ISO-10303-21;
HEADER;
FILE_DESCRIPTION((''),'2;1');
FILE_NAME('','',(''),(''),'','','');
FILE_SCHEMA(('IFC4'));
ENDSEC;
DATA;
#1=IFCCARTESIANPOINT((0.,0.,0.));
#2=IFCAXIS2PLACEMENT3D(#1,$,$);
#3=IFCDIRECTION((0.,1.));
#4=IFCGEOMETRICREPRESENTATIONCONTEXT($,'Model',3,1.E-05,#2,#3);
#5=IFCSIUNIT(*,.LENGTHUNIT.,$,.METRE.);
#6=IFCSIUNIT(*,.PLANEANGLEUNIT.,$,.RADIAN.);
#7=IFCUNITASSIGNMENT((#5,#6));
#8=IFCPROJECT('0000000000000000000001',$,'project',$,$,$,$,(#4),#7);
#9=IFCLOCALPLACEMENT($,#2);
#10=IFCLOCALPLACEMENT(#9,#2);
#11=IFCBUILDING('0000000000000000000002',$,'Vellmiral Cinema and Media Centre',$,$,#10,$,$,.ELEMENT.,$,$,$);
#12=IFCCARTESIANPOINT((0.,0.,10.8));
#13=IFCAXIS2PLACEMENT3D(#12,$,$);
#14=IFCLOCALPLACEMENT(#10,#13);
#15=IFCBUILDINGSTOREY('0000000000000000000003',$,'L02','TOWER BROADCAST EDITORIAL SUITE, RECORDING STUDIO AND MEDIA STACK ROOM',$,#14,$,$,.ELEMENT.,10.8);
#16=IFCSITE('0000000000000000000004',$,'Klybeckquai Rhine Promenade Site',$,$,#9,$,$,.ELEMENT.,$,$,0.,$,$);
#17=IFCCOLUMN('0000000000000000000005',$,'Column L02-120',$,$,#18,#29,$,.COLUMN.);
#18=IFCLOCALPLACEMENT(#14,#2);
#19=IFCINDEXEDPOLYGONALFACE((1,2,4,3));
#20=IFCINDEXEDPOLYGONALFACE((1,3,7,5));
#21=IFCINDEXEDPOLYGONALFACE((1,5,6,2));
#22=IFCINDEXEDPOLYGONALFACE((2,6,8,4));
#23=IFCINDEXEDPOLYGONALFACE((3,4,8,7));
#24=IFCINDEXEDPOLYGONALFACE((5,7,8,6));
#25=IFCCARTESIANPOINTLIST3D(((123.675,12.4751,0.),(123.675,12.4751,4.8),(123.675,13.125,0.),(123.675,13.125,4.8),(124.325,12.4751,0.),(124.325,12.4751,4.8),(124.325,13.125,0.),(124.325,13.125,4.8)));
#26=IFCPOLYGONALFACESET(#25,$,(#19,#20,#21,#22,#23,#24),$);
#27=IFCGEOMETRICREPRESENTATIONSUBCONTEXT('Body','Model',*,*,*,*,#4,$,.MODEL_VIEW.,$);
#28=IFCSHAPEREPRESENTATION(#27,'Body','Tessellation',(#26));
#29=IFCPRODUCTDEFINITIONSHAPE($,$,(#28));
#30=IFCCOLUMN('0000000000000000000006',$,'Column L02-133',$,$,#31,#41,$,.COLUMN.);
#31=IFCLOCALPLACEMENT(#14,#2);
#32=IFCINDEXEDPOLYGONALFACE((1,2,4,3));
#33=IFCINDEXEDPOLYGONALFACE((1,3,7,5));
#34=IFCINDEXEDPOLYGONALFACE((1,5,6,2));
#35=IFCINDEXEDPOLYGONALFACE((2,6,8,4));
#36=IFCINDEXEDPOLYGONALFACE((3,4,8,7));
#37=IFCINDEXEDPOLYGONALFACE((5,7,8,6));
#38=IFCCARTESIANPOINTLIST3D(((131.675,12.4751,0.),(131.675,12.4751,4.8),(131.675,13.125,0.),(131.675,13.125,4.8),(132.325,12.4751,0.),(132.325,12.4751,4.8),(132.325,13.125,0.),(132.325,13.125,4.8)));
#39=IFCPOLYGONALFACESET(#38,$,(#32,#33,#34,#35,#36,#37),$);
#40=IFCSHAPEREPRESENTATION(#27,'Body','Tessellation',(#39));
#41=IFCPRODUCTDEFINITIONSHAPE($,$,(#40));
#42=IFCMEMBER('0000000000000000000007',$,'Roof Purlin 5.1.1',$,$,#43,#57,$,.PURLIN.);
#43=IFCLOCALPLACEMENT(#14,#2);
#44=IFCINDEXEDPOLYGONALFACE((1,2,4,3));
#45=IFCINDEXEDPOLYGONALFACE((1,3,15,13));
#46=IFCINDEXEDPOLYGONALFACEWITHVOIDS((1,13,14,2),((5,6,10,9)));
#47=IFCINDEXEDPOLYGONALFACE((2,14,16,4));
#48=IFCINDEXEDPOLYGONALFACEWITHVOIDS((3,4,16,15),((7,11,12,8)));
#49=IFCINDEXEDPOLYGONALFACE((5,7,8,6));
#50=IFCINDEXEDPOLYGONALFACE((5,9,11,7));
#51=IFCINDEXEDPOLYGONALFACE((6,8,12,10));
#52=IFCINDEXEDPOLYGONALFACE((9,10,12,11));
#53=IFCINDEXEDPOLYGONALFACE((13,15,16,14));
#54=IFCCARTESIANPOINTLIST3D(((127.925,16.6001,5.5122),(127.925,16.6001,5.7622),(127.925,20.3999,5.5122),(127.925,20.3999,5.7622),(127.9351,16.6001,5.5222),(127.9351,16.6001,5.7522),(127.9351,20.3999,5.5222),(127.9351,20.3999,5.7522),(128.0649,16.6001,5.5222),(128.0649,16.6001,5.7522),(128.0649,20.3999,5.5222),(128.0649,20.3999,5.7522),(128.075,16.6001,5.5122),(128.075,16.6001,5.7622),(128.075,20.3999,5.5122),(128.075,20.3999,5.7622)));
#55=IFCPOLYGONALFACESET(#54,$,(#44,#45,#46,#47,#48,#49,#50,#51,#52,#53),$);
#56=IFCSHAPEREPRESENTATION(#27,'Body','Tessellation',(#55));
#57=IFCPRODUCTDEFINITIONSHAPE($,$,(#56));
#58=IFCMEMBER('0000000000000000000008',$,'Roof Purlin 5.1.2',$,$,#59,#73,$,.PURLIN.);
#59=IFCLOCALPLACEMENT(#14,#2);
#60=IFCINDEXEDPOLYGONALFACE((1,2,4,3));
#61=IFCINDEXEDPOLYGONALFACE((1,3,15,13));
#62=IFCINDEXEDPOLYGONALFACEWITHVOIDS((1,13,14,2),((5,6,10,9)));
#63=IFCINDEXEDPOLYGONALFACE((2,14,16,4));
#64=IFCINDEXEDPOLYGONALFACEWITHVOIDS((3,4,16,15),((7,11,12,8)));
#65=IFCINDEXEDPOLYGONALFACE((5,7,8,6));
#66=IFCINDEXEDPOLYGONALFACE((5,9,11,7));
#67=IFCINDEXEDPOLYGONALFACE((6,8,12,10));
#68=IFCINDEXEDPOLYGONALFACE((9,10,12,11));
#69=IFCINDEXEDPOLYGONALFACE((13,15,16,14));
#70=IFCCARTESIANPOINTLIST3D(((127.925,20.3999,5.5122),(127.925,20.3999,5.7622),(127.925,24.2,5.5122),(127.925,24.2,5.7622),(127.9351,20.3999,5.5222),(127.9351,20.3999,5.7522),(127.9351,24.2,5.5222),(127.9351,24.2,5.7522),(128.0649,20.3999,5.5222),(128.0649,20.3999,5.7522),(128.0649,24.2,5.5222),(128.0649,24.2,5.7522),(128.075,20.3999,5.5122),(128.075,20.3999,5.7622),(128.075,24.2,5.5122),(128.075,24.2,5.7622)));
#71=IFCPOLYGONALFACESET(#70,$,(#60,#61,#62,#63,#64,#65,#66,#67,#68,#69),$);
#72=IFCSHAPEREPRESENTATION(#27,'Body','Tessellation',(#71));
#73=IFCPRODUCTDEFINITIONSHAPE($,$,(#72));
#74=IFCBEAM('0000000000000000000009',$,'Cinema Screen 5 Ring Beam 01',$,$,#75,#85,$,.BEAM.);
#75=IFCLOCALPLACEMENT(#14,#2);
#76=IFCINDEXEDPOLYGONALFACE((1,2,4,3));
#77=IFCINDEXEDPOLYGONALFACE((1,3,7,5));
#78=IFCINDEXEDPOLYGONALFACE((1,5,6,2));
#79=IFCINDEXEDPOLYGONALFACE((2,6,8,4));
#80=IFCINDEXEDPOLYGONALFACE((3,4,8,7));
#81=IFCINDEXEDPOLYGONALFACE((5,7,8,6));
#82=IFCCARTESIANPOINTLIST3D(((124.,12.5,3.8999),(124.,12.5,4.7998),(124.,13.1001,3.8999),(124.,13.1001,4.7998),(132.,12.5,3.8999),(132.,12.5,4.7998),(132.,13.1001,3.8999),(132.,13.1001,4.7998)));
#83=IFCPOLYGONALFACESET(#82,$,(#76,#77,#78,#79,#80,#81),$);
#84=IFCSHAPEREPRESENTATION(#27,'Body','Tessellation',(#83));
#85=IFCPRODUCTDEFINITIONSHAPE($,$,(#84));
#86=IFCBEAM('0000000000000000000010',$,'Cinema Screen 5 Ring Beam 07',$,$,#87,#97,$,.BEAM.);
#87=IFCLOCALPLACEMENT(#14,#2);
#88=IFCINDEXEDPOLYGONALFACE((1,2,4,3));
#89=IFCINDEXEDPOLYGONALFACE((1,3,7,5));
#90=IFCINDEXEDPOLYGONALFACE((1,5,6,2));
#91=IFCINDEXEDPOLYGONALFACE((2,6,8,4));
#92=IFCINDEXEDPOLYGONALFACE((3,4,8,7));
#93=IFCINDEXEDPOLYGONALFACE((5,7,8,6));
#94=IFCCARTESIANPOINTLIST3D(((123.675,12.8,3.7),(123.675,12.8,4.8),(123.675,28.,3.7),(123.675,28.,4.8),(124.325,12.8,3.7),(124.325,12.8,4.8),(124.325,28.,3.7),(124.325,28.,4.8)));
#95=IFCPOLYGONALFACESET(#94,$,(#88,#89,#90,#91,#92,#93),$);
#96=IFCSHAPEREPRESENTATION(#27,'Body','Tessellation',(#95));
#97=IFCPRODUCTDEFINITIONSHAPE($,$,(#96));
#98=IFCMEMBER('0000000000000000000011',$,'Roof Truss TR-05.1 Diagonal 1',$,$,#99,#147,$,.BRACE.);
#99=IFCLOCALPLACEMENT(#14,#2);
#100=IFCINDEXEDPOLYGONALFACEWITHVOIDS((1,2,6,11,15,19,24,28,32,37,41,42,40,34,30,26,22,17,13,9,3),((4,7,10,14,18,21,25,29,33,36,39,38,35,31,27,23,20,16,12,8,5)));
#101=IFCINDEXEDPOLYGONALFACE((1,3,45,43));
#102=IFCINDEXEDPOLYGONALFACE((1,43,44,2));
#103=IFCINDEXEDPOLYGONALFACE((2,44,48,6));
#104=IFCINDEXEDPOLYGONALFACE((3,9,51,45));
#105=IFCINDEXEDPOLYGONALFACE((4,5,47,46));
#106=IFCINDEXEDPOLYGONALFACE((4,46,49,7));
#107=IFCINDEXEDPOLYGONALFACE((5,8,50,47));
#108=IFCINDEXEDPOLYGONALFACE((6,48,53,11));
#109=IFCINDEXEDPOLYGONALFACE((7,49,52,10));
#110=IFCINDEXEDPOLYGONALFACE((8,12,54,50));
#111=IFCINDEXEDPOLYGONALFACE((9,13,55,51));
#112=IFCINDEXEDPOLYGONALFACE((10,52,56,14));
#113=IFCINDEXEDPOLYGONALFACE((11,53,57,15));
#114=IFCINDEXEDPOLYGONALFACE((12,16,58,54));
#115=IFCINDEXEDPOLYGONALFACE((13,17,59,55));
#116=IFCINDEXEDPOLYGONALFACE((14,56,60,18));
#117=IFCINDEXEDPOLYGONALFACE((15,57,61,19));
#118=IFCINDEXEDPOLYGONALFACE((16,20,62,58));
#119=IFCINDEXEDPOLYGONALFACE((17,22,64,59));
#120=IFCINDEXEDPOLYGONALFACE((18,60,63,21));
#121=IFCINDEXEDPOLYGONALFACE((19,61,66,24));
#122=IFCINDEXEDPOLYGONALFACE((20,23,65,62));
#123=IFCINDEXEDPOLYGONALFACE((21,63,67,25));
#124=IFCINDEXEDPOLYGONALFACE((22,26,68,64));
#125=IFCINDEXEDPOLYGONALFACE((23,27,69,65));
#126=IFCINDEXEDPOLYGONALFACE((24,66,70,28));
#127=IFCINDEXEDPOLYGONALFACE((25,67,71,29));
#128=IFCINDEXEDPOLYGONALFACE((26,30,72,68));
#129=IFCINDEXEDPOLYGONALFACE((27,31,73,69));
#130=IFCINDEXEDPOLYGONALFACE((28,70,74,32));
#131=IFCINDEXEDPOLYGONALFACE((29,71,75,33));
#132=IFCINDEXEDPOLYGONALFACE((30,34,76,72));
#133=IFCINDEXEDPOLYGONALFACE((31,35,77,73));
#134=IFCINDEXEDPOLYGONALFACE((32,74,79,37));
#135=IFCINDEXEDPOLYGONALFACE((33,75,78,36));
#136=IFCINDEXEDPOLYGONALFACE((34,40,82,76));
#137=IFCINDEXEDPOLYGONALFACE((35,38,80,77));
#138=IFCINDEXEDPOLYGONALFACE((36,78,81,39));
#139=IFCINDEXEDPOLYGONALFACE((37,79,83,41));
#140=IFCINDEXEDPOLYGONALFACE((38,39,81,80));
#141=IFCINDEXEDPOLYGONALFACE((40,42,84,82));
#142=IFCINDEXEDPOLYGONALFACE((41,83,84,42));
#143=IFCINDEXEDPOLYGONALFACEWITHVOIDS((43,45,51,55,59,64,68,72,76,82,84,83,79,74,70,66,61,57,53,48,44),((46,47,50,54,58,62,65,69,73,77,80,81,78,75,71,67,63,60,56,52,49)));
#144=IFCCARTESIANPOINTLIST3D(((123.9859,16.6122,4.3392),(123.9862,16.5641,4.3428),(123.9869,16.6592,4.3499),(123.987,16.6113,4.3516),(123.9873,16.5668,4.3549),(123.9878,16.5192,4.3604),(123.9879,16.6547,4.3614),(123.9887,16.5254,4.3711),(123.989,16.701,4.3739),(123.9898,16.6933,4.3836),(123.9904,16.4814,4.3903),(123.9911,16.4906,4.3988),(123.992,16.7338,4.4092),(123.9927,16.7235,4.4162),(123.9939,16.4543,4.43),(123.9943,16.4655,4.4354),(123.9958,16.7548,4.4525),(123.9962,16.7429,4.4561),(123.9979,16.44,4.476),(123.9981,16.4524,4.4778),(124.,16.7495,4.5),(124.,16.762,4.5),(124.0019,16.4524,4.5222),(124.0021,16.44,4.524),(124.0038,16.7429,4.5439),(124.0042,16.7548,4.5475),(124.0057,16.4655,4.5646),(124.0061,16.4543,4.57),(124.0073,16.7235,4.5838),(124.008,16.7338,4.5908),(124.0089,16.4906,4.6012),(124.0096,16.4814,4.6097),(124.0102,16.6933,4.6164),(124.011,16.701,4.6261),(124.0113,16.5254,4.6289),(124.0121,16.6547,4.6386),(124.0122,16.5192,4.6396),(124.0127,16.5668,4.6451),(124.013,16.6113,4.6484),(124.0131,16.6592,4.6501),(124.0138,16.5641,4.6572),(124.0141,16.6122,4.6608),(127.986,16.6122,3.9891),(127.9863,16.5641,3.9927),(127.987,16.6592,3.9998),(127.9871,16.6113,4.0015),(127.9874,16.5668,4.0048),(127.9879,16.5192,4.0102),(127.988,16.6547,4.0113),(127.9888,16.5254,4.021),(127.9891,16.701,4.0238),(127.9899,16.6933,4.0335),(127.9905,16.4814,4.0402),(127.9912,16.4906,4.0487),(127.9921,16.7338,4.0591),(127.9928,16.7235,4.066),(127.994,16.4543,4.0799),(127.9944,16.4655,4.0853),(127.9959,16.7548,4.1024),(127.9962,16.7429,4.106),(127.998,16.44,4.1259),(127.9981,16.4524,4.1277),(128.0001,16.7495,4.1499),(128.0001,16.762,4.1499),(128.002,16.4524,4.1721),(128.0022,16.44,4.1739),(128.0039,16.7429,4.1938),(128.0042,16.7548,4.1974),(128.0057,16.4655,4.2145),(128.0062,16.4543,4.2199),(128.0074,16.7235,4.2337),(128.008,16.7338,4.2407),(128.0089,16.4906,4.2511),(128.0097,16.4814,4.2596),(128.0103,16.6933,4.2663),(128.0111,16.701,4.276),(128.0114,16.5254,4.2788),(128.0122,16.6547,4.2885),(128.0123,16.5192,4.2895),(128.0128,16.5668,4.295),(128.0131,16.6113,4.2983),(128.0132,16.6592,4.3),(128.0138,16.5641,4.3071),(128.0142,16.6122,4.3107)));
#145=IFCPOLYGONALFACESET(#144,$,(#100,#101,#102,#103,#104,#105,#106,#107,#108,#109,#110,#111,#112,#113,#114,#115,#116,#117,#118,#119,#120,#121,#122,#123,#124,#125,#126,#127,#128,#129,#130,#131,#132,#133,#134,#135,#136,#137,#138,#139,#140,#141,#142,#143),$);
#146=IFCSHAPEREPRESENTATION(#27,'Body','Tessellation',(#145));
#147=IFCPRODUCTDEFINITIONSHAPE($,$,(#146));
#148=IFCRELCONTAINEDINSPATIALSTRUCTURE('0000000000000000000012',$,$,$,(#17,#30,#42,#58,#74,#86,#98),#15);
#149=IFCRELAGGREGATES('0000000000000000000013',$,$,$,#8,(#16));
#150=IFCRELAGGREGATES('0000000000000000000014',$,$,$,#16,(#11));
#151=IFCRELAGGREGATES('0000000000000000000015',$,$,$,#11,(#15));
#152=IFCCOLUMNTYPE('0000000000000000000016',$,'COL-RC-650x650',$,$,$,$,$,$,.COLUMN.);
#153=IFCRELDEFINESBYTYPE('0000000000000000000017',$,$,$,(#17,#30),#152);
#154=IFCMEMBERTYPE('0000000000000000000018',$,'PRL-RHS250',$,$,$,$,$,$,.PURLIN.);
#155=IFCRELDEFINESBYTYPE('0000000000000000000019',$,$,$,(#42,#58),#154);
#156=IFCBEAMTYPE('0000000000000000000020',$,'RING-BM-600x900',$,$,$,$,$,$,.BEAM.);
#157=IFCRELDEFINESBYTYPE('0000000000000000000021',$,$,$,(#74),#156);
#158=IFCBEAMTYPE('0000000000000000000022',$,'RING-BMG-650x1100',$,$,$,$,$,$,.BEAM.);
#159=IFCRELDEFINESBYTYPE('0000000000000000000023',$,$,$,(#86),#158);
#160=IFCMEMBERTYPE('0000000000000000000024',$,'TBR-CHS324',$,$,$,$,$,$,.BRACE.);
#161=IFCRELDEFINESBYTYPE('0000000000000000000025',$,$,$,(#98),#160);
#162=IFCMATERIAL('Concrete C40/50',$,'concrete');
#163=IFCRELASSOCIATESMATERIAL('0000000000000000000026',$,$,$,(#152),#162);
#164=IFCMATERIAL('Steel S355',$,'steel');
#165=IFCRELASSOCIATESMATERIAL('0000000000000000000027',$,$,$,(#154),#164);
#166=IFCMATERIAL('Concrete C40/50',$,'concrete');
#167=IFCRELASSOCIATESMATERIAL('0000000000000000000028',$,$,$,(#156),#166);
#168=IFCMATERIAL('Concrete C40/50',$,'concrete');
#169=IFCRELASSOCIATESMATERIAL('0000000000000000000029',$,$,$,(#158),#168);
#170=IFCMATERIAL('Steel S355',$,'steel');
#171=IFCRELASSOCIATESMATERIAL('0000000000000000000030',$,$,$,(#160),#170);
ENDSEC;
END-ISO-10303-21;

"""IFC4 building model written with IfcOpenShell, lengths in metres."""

from ifc_helpers import new_model, si_unit, direction, frame, origin, origin_2d, place, context, subcontext, project, spatial, rectangle, hollow_rectangle, hollow_circle, extrude, material, material_profile, profile_set, type_object, element, save


model = new_model("IFC4")

# Units and contexts
model_context = context("Model", 3, precision=1e-05, world=origin(), true_north=direction((0.0, 1.0)))
body_context = subcontext(model_context, "Body", "Model", "MODEL_VIEW")
ifc_project = project(units=[si_unit("LENGTHUNIT", "METRE"), si_unit("PLANEANGLEUNIT", "RADIAN")], contexts=[model_context])

# Site, building, storey
site_placement = place(None, origin())
site = spatial("IfcSite", under=ifc_project, at=site_placement, Name="Klybeckquai Rhine Promenade Site", CompositionType="ELEMENT", RefElevation=0.0)
building_placement = place(site_placement, origin())
building = spatial("IfcBuilding", under=site, at=building_placement, Name="Vellmiral Cinema and Media Centre", CompositionType="ELEMENT")
storey_placement = place(building_placement, frame((0.0, 0.0, 10.8)))
storey = spatial("IfcBuildingStorey", under=building, at=storey_placement, Name="L02", Description="TOWER BROADCAST EDITORIAL SUITE, RECORDING STUDIO AND MEDIA STACK ROOM", CompositionType="ELEMENT", Elevation=10.8)

# Columns
ifc_material_1 = material(Name="Concrete C40/50", Category="concrete")
ifc_material_profile_1 = material_profile(ifc_material_1, rectangle(XDim=0.6499, YDim=0.6499, at=origin_2d()), Name="RC 650x650")
ifc_profile_set_1 = profile_set([ifc_material_profile_1], Name="Concrete C40/50")
column_type = type_object("IfcColumnType", Name="COL-RC-650x650", PredefinedType="COLUMN", material=ifc_profile_set_1)
for number, where, z_axis, x_axis, name in (
    (1, (124.0, 12.8, 0.0), (0.0, 0.0, 1.0), (1.0, 0.0, 0.0), "Column L02-120"),
    (2, (132.0, 12.8, 0.0), (0.0, 0.0, 1.0), (1.0, 0.0, 0.0), "Column L02-133"),
):
    element("IfcColumn", number, at=place(storey_placement, frame(where, z_axis=z_axis, x_axis=x_axis)), inside=storey, type_object=column_type, Name=name, PredefinedType="COLUMN", context=body_context, shape_type="SweptSolid", body=[
        extrude(rectangle(XDim=0.6499, YDim=0.6499, at=origin_2d()), origin(), (0.0, 0.0, 1.0), 4.8),
    ])

# Members
ifc_material_2 = material(Name="Steel S355", Category="steel")
ifc_material_profile_2 = material_profile(ifc_material_2, hollow_rectangle(XDim=0.1499, YDim=0.25, WallThickness=0.01, at=origin_2d()), Name="RHS 250x150x10.0")
ifc_profile_set_2 = profile_set([ifc_material_profile_2], Name="Steel S355")
member_type_1 = type_object("IfcMemberType", Name="PRL-RHS250", PredefinedType="PURLIN", material=ifc_profile_set_2)
member_1_placement = place(storey_placement, frame((128.0, 16.6001, 5.6372), z_axis=(0.0, 1.0, 0.0), x_axis=(-1.0, 0.0, 0.0)))
element("IfcMember", 3, at=member_1_placement, inside=storey, type_object=member_type_1, Name="Roof Purlin 5.1.1", PredefinedType="PURLIN", context=body_context, shape_type="SweptSolid", body=[
    extrude(hollow_rectangle(XDim=0.1499, YDim=0.25, WallThickness=0.01, at=origin_2d()), origin(), (0.0, 0.0, 1.0), 3.7998),
])
member_2_placement = place(storey_placement, frame((128.0, 20.3999, 5.6372), z_axis=(0.0, 1.0, 0.0), x_axis=(-1.0, 0.0, 0.0)))
element("IfcMember", 4, at=member_2_placement, inside=storey, type_object=member_type_1, Name="Roof Purlin 5.1.2", PredefinedType="PURLIN", context=body_context, shape_type="SweptSolid", body=[
    extrude(hollow_rectangle(XDim=0.1499, YDim=0.25, WallThickness=0.01, at=origin_2d()), origin(), (0.0, 0.0, 1.0), 3.8),
])

# Beams
ifc_material_3 = material(Name="Concrete C40/50", Category="concrete")
ifc_material_profile_3 = material_profile(ifc_material_3, rectangle(XDim=0.6001, YDim=0.8999, at=origin_2d()), Name="RC 600x900")
ifc_profile_set_3 = profile_set([ifc_material_profile_3], Name="Concrete C40/50")
beam_type_1 = type_object("IfcBeamType", Name="RING-BM-600x900", PredefinedType="BEAM", material=ifc_profile_set_3)
beam_1_placement = place(storey_placement, frame((124.0, 12.8, 4.3499), z_axis=(1.0, 0.0, 0.0), x_axis=(0.0, 1.0, 0.0)))
element("IfcBeam", 5, at=beam_1_placement, inside=storey, type_object=beam_type_1, Name="Cinema Screen 5 Ring Beam 01", PredefinedType="BEAM", context=body_context, shape_type="SweptSolid", body=[
    extrude(rectangle(XDim=0.6001, YDim=0.8999, at=origin_2d()), origin(), (0.0, 0.0, 1.0), 8.0),
])
ifc_material_4 = material(Name="Concrete C40/50", Category="concrete")
ifc_material_profile_4 = material_profile(ifc_material_4, rectangle(XDim=0.6499, YDim=1.1001, at=origin_2d()), Name="RC 650x1100")
ifc_profile_set_4 = profile_set([ifc_material_profile_4], Name="Concrete C40/50")
beam_type_2 = type_object("IfcBeamType", Name="RING-BMG-650x1100", PredefinedType="BEAM", material=ifc_profile_set_4)
beam_2_placement = place(storey_placement, frame((124.0, 12.8, 4.25), z_axis=(0.0, 1.0, 0.0), x_axis=(-1.0, 0.0, 0.0)))
element("IfcBeam", 6, at=beam_2_placement, inside=storey, type_object=beam_type_2, Name="Cinema Screen 5 Ring Beam 07", PredefinedType="BEAM", context=body_context, shape_type="SweptSolid", body=[
    extrude(rectangle(XDim=0.6499, YDim=1.1001, at=origin_2d()), origin(), (0.0, 0.0, 1.0), 15.2),
])

# Member
ifc_material_5 = material(Name="Steel S355", Category="steel")
ifc_material_profile_5 = material_profile(ifc_material_5, hollow_circle(Radius=0.1619, WallThickness=0.0125, at=origin_2d()), Name="CHS 323.9x12.5")
ifc_profile_set_5 = profile_set([ifc_material_profile_5], Name="Steel S355")
member_type_2 = type_object("IfcMemberType", Name="TBR-CHS324", PredefinedType="BRACE", material=ifc_profile_set_5)
member_3_placement = place(storey_placement, frame((124.0, 16.6001, 4.5), z_axis=(0.996192, 0.0, -0.087191), x_axis=(0.0, 1.0, 0.0)))
element("IfcMember", 7, at=member_3_placement, inside=storey, type_object=member_type_2, Name="Roof Truss TR-05.1 Diagonal 1", PredefinedType="BRACE", context=body_context, shape_type="SweptSolid", body=[
    extrude(hollow_circle(Radius=0.1619, WallThickness=0.0125, at=origin_2d()), origin(), (0.0, 0.0, 1.0), 4.0154),
])

save(model, "model.ifc")
